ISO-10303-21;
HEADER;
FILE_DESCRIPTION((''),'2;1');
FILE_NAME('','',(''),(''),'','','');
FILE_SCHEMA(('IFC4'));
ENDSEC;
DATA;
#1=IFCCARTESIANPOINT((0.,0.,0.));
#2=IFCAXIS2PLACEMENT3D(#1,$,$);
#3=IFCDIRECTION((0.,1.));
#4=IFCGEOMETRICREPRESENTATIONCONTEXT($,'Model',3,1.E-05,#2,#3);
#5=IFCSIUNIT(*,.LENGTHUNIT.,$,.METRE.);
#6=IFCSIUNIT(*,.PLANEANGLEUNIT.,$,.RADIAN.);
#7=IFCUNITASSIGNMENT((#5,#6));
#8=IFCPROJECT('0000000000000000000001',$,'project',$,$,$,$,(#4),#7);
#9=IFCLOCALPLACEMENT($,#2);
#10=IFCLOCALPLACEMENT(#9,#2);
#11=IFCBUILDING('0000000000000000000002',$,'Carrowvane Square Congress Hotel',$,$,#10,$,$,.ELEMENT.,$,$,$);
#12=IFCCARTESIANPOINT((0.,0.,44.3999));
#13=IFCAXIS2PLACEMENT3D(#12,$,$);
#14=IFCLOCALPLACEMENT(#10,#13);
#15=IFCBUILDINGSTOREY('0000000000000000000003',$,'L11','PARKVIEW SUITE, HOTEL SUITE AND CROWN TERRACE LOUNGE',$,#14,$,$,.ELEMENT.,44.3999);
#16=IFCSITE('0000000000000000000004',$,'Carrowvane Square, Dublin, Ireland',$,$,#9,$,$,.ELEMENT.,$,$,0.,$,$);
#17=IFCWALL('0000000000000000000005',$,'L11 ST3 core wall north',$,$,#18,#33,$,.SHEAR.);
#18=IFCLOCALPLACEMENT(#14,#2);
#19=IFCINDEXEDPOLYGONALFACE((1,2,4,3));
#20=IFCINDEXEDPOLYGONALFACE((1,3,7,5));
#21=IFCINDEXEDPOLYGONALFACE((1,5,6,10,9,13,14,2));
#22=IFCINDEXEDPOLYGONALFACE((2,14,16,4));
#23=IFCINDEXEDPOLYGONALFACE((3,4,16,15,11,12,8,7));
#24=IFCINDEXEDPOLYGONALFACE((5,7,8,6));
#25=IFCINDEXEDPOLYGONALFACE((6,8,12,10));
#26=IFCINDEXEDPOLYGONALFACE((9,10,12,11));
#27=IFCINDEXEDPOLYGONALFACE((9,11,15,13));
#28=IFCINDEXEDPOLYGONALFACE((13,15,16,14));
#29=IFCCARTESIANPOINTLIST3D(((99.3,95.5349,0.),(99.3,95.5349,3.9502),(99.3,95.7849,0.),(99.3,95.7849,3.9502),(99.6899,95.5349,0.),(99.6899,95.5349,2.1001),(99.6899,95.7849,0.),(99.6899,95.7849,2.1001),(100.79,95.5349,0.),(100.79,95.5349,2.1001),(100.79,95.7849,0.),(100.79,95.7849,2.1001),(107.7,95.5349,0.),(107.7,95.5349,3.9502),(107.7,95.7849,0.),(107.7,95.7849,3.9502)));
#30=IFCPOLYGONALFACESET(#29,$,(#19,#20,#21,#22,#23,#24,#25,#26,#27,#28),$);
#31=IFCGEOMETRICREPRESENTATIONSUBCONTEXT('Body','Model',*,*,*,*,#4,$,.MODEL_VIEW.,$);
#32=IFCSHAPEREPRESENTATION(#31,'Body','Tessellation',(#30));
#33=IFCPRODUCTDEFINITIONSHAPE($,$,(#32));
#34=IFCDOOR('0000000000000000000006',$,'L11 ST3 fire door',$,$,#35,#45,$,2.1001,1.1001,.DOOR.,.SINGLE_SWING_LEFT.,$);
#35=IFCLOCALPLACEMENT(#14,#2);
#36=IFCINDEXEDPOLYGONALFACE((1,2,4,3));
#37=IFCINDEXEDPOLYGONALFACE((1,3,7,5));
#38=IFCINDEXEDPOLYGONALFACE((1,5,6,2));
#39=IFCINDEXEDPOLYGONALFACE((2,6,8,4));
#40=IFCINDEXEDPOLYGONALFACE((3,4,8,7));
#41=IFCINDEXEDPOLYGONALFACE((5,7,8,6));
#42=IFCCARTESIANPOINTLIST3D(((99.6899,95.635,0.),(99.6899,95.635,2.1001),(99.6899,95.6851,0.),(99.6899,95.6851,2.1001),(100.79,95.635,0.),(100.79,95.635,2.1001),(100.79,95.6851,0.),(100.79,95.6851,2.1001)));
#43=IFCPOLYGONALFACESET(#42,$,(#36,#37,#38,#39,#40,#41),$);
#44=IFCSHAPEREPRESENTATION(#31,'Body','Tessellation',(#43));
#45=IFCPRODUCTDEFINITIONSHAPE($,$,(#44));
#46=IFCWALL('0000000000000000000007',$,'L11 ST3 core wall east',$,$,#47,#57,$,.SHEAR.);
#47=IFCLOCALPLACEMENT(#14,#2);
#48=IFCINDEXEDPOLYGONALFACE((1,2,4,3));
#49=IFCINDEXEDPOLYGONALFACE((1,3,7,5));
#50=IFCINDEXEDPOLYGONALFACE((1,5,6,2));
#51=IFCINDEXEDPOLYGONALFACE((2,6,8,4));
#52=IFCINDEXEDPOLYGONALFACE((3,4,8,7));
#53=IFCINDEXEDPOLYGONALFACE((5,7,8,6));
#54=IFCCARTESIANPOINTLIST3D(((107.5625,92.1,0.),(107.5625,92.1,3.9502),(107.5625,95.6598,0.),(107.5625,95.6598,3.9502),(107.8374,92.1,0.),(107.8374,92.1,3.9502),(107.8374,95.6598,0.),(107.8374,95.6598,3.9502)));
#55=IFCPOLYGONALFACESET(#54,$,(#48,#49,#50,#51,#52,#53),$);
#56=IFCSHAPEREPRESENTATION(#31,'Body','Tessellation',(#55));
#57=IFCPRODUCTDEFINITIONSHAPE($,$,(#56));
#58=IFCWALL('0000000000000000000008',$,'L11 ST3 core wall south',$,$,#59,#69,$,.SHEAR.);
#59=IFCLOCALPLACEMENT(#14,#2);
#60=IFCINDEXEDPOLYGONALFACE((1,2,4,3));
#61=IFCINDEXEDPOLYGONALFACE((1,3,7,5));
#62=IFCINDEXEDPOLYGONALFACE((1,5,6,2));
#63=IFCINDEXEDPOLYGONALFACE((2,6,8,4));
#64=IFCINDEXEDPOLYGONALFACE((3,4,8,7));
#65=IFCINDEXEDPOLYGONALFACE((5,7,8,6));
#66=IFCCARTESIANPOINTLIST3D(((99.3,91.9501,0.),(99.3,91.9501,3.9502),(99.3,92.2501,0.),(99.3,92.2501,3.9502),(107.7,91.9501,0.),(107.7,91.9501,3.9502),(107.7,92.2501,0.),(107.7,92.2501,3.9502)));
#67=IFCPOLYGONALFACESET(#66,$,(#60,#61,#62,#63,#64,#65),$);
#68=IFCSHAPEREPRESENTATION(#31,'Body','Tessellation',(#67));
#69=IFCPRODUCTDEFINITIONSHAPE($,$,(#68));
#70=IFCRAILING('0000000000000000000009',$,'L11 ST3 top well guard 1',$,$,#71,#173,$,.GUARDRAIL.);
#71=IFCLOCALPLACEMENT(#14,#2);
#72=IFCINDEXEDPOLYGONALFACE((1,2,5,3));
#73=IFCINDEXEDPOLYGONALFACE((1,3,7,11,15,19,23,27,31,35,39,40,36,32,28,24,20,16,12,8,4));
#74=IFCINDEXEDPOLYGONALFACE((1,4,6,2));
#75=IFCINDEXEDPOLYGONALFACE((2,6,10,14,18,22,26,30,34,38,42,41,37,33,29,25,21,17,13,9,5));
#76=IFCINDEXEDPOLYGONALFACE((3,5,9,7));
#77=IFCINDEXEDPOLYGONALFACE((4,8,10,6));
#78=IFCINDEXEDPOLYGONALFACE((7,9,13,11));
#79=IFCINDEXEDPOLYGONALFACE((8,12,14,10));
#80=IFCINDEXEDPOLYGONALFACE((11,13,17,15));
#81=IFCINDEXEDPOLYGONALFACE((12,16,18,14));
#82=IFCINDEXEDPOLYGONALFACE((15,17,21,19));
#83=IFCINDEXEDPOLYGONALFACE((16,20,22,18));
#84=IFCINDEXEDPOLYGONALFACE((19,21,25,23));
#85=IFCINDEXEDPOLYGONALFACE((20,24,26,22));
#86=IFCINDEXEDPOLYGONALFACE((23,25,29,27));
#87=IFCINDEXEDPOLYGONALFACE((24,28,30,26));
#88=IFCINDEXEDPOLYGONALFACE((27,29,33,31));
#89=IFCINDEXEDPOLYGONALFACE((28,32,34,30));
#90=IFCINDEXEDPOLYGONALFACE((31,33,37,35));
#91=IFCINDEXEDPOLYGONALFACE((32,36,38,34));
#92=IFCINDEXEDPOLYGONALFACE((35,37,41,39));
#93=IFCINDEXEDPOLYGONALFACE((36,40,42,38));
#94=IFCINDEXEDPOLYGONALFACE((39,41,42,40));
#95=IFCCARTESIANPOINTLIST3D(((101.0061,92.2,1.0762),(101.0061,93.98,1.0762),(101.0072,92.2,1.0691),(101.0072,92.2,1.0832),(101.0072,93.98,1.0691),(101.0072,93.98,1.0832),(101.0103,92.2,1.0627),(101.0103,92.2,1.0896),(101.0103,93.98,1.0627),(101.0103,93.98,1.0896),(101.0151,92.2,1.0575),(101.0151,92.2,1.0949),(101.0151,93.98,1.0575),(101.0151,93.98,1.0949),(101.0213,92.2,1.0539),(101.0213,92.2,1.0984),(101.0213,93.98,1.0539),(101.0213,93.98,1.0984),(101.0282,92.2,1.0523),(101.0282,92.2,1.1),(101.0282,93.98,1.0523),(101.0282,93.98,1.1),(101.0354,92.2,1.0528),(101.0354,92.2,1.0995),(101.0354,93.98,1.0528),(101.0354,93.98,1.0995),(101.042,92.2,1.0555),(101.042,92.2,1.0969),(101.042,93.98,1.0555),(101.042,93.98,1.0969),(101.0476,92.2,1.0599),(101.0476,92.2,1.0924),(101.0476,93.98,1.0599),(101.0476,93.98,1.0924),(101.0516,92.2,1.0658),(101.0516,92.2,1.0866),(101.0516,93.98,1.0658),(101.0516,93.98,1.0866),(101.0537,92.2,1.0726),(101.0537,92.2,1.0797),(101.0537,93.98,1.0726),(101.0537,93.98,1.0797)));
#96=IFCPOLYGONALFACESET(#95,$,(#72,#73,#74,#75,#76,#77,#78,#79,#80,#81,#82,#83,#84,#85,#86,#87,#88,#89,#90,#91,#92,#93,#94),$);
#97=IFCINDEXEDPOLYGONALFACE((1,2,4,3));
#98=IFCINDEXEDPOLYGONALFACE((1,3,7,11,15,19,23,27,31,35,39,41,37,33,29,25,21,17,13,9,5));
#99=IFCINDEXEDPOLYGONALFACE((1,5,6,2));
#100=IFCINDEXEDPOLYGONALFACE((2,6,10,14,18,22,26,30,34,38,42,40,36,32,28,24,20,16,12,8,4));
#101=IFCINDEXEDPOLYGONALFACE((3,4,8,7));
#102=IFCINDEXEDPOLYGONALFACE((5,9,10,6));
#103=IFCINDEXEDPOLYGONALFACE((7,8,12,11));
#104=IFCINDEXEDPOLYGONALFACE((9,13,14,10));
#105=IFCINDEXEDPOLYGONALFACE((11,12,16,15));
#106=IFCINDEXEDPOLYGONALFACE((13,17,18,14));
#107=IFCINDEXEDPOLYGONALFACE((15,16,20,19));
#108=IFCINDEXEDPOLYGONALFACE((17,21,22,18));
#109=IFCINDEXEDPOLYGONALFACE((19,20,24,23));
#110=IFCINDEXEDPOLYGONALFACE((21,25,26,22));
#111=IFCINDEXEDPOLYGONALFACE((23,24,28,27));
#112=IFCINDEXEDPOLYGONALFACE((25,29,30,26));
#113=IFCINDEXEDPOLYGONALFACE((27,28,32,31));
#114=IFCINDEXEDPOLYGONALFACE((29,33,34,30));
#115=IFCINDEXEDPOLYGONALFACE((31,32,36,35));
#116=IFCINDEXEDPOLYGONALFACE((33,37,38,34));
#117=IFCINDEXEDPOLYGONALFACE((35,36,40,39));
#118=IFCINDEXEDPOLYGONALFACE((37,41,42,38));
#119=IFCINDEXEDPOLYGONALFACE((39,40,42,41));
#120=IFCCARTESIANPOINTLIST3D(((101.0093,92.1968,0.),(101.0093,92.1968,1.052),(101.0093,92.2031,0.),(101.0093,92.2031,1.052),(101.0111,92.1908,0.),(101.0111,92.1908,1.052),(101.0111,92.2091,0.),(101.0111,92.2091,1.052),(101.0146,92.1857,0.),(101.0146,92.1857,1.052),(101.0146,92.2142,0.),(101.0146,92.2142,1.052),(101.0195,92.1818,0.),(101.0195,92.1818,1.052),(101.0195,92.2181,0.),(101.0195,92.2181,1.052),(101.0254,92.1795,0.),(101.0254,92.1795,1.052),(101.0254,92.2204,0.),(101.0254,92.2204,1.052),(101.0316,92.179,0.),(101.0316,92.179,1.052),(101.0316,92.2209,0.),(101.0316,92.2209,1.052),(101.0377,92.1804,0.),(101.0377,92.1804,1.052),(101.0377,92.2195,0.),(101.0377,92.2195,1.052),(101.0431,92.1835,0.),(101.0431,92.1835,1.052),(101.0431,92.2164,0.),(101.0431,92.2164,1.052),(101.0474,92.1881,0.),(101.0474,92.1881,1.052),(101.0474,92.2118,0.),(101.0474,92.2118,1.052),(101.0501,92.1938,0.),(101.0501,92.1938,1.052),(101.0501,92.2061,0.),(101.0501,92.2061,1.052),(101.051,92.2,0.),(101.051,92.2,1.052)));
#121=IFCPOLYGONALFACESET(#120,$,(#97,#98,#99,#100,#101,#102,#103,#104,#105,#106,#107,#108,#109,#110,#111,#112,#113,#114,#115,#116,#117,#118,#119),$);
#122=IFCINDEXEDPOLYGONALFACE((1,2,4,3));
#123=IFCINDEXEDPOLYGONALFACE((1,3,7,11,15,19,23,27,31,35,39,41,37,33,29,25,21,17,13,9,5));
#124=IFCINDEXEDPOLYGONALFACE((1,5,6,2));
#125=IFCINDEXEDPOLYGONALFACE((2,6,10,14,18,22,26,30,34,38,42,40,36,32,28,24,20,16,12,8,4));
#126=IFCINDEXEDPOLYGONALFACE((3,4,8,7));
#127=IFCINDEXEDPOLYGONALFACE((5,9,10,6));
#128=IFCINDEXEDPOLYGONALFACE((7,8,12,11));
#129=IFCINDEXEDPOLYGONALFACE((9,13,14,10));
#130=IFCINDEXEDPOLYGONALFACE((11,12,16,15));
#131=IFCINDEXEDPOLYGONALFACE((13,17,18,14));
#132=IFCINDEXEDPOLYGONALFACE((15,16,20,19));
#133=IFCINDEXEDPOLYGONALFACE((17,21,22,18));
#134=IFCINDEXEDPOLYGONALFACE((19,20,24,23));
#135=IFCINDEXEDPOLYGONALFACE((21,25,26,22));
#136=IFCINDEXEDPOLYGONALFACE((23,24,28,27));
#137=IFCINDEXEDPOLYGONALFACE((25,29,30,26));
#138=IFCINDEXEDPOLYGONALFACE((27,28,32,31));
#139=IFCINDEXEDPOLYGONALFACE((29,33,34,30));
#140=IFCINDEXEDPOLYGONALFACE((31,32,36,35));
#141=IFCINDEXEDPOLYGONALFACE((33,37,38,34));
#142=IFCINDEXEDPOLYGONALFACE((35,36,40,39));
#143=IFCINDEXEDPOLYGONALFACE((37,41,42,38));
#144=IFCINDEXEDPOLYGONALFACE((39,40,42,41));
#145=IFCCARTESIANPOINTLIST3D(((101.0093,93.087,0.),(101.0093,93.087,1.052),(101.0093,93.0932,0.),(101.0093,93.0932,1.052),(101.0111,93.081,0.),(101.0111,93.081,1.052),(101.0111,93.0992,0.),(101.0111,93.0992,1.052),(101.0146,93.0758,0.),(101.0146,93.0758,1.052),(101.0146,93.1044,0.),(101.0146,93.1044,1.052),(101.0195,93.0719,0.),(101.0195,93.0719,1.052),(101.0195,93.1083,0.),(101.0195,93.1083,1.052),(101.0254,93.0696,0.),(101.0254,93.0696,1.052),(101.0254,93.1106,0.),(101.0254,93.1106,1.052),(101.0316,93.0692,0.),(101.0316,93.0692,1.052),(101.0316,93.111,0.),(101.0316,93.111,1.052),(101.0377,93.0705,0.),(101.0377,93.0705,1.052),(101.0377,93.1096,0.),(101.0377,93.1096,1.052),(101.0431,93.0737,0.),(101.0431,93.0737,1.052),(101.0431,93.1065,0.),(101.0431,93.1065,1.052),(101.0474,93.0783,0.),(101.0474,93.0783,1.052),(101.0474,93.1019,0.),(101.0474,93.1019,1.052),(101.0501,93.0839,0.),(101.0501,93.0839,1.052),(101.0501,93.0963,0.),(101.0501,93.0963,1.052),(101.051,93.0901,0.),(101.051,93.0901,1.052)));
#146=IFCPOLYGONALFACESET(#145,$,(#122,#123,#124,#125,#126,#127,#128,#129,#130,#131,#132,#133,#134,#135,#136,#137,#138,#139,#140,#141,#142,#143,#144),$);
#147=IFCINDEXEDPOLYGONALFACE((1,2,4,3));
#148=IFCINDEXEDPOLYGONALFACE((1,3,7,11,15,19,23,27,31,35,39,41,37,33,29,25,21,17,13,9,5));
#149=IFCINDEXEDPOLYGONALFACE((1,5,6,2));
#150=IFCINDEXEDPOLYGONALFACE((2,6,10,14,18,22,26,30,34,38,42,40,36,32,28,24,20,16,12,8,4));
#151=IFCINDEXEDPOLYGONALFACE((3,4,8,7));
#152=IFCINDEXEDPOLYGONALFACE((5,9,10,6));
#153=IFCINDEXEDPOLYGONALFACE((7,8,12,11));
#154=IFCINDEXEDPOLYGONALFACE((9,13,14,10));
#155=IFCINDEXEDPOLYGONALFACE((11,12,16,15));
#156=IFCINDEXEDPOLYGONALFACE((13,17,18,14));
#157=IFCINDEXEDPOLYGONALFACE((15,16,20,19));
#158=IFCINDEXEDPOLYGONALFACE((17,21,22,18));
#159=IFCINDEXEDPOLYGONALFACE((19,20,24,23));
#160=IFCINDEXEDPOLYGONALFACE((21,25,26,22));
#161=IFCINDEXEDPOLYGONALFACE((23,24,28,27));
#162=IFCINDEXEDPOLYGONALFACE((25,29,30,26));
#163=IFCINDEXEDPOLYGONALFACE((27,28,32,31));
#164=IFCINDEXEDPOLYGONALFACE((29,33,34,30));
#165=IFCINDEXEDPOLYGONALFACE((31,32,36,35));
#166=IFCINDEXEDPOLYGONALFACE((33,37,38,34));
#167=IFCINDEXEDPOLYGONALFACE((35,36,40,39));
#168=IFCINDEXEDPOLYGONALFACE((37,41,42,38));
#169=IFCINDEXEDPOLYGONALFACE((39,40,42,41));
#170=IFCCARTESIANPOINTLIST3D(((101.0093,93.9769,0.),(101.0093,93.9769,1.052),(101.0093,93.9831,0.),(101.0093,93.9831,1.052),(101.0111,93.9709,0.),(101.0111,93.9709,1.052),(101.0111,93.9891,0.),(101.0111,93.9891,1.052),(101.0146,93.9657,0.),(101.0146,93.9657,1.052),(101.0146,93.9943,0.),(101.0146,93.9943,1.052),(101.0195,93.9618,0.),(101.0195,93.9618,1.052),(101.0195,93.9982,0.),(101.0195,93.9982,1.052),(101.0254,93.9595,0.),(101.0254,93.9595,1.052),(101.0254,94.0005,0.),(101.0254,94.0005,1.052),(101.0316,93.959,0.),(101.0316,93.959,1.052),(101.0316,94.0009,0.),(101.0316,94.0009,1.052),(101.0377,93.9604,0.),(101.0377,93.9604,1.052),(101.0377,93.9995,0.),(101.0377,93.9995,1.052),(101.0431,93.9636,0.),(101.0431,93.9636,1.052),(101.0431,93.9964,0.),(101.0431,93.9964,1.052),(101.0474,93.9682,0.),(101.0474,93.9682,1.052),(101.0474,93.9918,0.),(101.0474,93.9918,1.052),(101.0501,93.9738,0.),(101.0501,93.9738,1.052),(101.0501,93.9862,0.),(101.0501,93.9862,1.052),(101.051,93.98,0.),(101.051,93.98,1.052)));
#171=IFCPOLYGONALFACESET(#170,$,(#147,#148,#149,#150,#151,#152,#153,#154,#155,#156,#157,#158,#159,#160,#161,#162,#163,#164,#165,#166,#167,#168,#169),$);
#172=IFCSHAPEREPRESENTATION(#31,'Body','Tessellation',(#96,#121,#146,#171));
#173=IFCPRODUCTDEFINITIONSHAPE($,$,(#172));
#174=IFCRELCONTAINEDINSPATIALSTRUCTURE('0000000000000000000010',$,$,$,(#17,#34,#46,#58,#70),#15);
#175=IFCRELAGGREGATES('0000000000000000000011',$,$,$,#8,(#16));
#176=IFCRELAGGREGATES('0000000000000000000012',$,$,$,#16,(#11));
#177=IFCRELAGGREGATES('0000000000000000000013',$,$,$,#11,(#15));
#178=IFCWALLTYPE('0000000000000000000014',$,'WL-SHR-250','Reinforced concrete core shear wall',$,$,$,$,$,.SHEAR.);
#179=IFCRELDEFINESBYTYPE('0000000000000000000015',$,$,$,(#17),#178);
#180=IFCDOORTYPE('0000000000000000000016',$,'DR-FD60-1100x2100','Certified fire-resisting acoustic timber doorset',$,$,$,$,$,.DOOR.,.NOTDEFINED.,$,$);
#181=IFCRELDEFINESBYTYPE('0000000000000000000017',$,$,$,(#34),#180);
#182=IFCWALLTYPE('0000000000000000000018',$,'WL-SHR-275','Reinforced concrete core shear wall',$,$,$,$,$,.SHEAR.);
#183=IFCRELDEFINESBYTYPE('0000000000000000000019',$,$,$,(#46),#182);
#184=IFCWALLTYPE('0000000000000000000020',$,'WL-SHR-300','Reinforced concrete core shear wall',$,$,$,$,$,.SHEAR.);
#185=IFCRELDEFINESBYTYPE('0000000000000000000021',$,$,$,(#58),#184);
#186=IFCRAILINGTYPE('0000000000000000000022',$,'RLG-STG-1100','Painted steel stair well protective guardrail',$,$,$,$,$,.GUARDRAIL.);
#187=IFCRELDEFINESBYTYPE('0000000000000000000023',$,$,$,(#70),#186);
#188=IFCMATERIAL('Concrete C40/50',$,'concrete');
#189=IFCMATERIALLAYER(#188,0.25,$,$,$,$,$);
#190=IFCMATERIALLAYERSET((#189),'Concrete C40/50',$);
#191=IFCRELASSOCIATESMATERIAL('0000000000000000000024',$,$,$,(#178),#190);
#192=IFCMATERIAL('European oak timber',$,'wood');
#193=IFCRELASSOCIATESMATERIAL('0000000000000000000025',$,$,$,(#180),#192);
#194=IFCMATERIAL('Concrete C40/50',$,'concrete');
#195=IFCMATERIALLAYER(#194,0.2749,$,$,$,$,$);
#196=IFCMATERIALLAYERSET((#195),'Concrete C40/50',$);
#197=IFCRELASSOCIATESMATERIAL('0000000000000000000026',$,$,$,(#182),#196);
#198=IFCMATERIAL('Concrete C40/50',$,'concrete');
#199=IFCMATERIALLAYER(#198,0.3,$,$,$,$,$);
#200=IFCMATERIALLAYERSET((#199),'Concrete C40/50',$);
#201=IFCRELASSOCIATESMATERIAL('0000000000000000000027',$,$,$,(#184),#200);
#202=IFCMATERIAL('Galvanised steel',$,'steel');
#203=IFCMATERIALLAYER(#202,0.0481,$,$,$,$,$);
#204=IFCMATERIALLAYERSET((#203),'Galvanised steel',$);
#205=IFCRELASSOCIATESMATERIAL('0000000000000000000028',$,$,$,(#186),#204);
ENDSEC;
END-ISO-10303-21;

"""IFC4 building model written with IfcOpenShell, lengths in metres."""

from ifc_helpers import new_model, si_unit, direction, frame, frame_2d, origin, origin_2d, place, context, subcontext, project, spatial, rectangle, circle, extrude, material, layer, layer_set, type_object, element, fill, save


model = new_model("IFC4")

# Units and contexts
model_context = context("Model", 3, precision=1e-05, world=origin(), true_north=direction((0.0, 1.0)))
body_context = subcontext(model_context, "Body", "Model", "MODEL_VIEW")
ifc_project = project(units=[si_unit("LENGTHUNIT", "METRE"), si_unit("PLANEANGLEUNIT", "RADIAN")], contexts=[model_context])

# Site, building, storey
site_placement = place(None, origin())
site = spatial("IfcSite", under=ifc_project, at=site_placement, Name="Carrowvane Square, Dublin, Ireland", CompositionType="ELEMENT", RefElevation=0.0)
building_placement = place(site_placement, origin())
building = spatial("IfcBuilding", under=site, at=building_placement, Name="Carrowvane Square Congress Hotel", CompositionType="ELEMENT")
storey_placement = place(building_placement, frame((0.0, 0.0, 44.3999)))
storey = spatial("IfcBuildingStorey", under=building, at=storey_placement, Name="L11", Description="PARKVIEW SUITE, HOTEL SUITE AND CROWN TERRACE LOUNGE", CompositionType="ELEMENT", Elevation=44.3999)

# Wall, opening, door
ifc_material_1 = material(Name="Concrete C40/50", Category="concrete")
ifc_layer_1 = layer(ifc_material_1, 0.25)
ifc_layer_set_1 = layer_set([ifc_layer_1], Name="Concrete C40/50")
wall_type_1 = type_object("IfcWallType", Name="WL-SHR-250", Description="Reinforced concrete core shear wall", PredefinedType="SHEAR", material=ifc_layer_set_1)
wall_1_placement = place(storey_placement, frame((107.7, 95.6599, 0.0), z_axis=(0.0, 0.0, 1.0), x_axis=(-1.0, 0.0, 0.0)))
wall_1 = element("IfcWall", 1, at=wall_1_placement, inside=storey, type_object=wall_type_1, Name="L11 ST3 core wall north", PredefinedType="SHEAR", context=body_context, shape_type="SweptSolid", body=[
    extrude(rectangle(XDim=8.3999, YDim=0.25, at=frame_2d((4.2, 0.0))), origin(), (0.0, 0.0, 1.0), 3.9502),
])
opening_1_placement = place(wall_1_placement, frame((6.9099, 0.0, 0.0)))
opening_1 = element("IfcOpeningElement", 2, at=opening_1_placement, cuts=wall_1, PredefinedType="OPENING", context=body_context, shape_type="SweptSolid", body=[
    extrude(rectangle(XDim=1.1001, YDim=2.1001, at=frame_2d((0.55, 1.05))), frame((0.0, 0.135, 0.0), z_axis=(0.0, -1.0, 0.0), x_axis=(1.0, 0.0, 0.0)), (0.0, 0.0, 1.0), 0.27),
])
ifc_material_2 = material(Name="European oak timber", Category="wood")
door_type_1 = type_object("IfcDoorType", Name="DR-FD60-1100x2100", Description="Certified fire-resisting acoustic timber doorset", OperationType="NOTDEFINED", PredefinedType="DOOR", material=ifc_material_2)
door_1_placement = place(opening_1_placement, origin())
door_1 = element("IfcDoor", 3, at=door_1_placement, inside=storey, type_object=door_type_1, Name="L11 ST3 fire door", OperationType="SINGLE_SWING_LEFT", OverallHeight=2.1001, OverallWidth=1.1001, PredefinedType="DOOR", context=body_context, shape_type="SweptSolid", body=[
    extrude(rectangle(XDim=1.1001, YDim=2.1001, at=frame_2d((0.55, 1.05))), frame((0.0, 0.0249, 0.0), z_axis=(0.0, -1.0, 0.0), x_axis=(1.0, 0.0, 0.0)), (0.0, 0.0, 1.0), 0.05),
])
fill(opening_1, door_1)

# Walls
ifc_material_3 = material(Name="Concrete C40/50", Category="concrete")
ifc_layer_2 = layer(ifc_material_3, 0.2749)
ifc_layer_set_2 = layer_set([ifc_layer_2], Name="Concrete C40/50")
wall_type_2 = type_object("IfcWallType", Name="WL-SHR-275", Description="Reinforced concrete core shear wall", PredefinedType="SHEAR", material=ifc_layer_set_2)
wall_2_placement = place(storey_placement, frame((107.7, 92.1001, 0.0), z_axis=(0.0, 0.0, 1.0), x_axis=(0.0, 1.0, 0.0)))
element("IfcWall", 4, at=wall_2_placement, inside=storey, type_object=wall_type_2, Name="L11 ST3 core wall east", PredefinedType="SHEAR", context=body_context, shape_type="SweptSolid", body=[
    extrude(rectangle(XDim=3.5598, YDim=0.2749, at=frame_2d((1.7798, 0.0))), origin(), (0.0, 0.0, 1.0), 3.9502),
])
ifc_material_4 = material(Name="Concrete C40/50", Category="concrete")
ifc_layer_3 = layer(ifc_material_4, 0.3)
ifc_layer_set_3 = layer_set([ifc_layer_3], Name="Concrete C40/50")
wall_type_3 = type_object("IfcWallType", Name="WL-SHR-300", Description="Reinforced concrete core shear wall", PredefinedType="SHEAR", material=ifc_layer_set_3)
wall_3_placement = place(storey_placement, frame((99.3, 92.1001, 0.0), z_axis=(0.0, 0.0, 1.0), x_axis=(1.0, 0.0, 0.0)))
element("IfcWall", 5, at=wall_3_placement, inside=storey, type_object=wall_type_3, Name="L11 ST3 core wall south", PredefinedType="SHEAR", context=body_context, shape_type="SweptSolid", body=[
    extrude(rectangle(XDim=8.3999, YDim=0.3, at=frame_2d((4.2, 0.0))), origin(), (0.0, 0.0, 1.0), 3.9502),
])

# Railing
ifc_material_5 = material(Name="Galvanised steel", Category="steel")
ifc_layer_4 = layer(ifc_material_5, 0.0481)
ifc_layer_set_4 = layer_set([ifc_layer_4], Name="Galvanised steel")
railing_type = type_object("IfcRailingType", Name="RLG-STG-1100", Description="Painted steel stair well protective guardrail", PredefinedType="GUARDRAIL", material=ifc_layer_set_4)
railing_placement = place(storey_placement, frame((101.03, 92.2, 0.0)))
element("IfcRailing", 6, at=railing_placement, inside=storey, type_object=railing_type, Name="L11 ST3 top well guard 1", PredefinedType="GUARDRAIL", context=body_context, shape_type="SweptSolid", body=[
    extrude(circle(Radius=0.0239, at=origin_2d()), frame((0.0, 0.0, 1.0762), z_axis=(0.0, 1.0, 0.0), x_axis=(-1.0, 0.0, 0.0)), (0.0, 0.0, 1.0), 1.78),
    extrude(circle(Radius=0.021, at=origin_2d()), origin(), (0.0, 0.0, 1.0), 1.052),
    extrude(circle(Radius=0.021, at=origin_2d()), frame((0.0, 0.8901, 0.0)), (0.0, 0.0, 1.0), 1.052),
    extrude(circle(Radius=0.021, at=origin_2d()), frame((0.0, 1.78, 0.0)), (0.0, 0.0, 1.0), 1.052),
])

save(model, "model.ifc")
